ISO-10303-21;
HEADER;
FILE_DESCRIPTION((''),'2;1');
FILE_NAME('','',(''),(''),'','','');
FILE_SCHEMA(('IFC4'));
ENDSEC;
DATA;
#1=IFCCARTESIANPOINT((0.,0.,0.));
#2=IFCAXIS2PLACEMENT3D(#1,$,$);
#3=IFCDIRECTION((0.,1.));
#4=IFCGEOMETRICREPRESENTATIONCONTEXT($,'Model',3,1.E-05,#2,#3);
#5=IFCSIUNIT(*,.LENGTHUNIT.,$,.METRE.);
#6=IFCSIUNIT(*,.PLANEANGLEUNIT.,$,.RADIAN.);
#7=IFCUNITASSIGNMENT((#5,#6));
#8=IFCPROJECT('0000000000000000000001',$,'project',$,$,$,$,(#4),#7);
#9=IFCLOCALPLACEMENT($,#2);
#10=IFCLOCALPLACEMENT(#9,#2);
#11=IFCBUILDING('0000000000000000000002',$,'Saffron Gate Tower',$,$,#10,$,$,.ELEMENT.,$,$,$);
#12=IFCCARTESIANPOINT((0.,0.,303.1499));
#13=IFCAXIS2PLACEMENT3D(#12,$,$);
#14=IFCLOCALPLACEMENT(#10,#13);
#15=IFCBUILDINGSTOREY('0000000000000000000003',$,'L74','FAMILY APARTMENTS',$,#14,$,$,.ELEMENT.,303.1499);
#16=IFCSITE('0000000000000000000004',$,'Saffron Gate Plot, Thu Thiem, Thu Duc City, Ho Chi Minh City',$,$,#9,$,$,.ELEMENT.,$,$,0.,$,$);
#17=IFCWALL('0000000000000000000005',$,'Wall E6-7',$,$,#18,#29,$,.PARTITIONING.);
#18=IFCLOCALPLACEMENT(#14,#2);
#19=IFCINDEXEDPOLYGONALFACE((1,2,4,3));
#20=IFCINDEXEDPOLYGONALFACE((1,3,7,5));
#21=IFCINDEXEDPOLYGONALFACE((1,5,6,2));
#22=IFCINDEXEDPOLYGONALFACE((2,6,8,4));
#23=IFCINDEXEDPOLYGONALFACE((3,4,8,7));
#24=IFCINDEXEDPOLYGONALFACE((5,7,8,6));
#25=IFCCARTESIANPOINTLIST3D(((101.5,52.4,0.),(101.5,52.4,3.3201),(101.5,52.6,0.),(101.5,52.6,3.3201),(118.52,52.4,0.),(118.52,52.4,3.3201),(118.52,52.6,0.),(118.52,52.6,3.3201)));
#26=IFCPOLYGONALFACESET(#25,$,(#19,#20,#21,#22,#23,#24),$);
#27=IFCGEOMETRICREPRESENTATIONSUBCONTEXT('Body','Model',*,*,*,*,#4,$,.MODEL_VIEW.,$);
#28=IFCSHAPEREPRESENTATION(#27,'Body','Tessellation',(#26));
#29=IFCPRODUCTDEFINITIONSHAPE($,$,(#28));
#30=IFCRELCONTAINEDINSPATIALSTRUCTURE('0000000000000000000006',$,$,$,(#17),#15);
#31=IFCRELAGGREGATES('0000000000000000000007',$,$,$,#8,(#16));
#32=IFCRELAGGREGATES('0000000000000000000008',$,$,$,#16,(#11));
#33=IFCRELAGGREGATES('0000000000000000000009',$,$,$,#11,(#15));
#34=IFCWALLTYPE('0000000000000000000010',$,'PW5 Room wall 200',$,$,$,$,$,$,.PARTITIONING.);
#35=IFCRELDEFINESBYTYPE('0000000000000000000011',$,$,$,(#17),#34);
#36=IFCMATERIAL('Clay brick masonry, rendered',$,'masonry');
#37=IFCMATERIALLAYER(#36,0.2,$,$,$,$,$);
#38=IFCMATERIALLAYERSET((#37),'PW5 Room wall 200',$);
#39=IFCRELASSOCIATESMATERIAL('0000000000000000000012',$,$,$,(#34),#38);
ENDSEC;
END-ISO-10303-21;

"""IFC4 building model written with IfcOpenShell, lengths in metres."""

from ifc_helpers import new_model, si_unit, direction, frame, frame_2d, origin, place, context, subcontext, project, spatial, rectangle, extrude, material, layer, layer_set, type_object, element, save


model = new_model("IFC4")

# Units and contexts
model_context = context("Model", 3, precision=1e-05, world=origin(), true_north=direction((0.0, 1.0)))
body_context = subcontext(model_context, "Body", "Model", "MODEL_VIEW")
ifc_project = project(units=[si_unit("LENGTHUNIT", "METRE"), si_unit("PLANEANGLEUNIT", "RADIAN")], contexts=[model_context])

# Site, building, storey
site_placement = place(None, origin())
site = spatial("IfcSite", under=ifc_project, at=site_placement, Name="Saffron Gate Plot, Thu Thiem, Thu Duc City, Ho Chi Minh City", CompositionType="ELEMENT", RefElevation=0.0)
building_placement = place(site_placement, origin())
building = spatial("IfcBuilding", under=site, at=building_placement, Name="Saffron Gate Tower", CompositionType="ELEMENT")
storey_placement = place(building_placement, frame((0.0, 0.0, 303.1499)))
storey = spatial("IfcBuildingStorey", under=building, at=storey_placement, Name="L74", Description="FAMILY APARTMENTS", CompositionType="ELEMENT", Elevation=303.1499)

# Shared definitions
ifc_material_1 = material(Name="Clay brick masonry, rendered", Category="masonry")

# Wall
ifc_layer_1 = layer(ifc_material_1, 0.2)
ifc_layer_set_1 = layer_set([ifc_layer_1], Name="PW5 Room wall 200")
wall_type_1 = type_object("IfcWallType", Name="PW5 Room wall 200", PredefinedType="PARTITIONING", material=ifc_layer_set_1)
wall_1_placement = place(storey_placement, frame((101.5, 52.5, 0.0), z_axis=(0.0, 0.0, 1.0), x_axis=(1.0, 0.0, 0.0)))
element("IfcWall", 1, at=wall_1_placement, inside=storey, type_object=wall_type_1, Name="Wall E6-7", PredefinedType="PARTITIONING", context=body_context, shape_type="SweptSolid", body=[
    extrude(rectangle(XDim=17.02, YDim=0.2, at=frame_2d((8.51, 0.0))), origin(), (0.0, 0.0, 1.0), 3.3201),
])

save(model, "model.ifc")
